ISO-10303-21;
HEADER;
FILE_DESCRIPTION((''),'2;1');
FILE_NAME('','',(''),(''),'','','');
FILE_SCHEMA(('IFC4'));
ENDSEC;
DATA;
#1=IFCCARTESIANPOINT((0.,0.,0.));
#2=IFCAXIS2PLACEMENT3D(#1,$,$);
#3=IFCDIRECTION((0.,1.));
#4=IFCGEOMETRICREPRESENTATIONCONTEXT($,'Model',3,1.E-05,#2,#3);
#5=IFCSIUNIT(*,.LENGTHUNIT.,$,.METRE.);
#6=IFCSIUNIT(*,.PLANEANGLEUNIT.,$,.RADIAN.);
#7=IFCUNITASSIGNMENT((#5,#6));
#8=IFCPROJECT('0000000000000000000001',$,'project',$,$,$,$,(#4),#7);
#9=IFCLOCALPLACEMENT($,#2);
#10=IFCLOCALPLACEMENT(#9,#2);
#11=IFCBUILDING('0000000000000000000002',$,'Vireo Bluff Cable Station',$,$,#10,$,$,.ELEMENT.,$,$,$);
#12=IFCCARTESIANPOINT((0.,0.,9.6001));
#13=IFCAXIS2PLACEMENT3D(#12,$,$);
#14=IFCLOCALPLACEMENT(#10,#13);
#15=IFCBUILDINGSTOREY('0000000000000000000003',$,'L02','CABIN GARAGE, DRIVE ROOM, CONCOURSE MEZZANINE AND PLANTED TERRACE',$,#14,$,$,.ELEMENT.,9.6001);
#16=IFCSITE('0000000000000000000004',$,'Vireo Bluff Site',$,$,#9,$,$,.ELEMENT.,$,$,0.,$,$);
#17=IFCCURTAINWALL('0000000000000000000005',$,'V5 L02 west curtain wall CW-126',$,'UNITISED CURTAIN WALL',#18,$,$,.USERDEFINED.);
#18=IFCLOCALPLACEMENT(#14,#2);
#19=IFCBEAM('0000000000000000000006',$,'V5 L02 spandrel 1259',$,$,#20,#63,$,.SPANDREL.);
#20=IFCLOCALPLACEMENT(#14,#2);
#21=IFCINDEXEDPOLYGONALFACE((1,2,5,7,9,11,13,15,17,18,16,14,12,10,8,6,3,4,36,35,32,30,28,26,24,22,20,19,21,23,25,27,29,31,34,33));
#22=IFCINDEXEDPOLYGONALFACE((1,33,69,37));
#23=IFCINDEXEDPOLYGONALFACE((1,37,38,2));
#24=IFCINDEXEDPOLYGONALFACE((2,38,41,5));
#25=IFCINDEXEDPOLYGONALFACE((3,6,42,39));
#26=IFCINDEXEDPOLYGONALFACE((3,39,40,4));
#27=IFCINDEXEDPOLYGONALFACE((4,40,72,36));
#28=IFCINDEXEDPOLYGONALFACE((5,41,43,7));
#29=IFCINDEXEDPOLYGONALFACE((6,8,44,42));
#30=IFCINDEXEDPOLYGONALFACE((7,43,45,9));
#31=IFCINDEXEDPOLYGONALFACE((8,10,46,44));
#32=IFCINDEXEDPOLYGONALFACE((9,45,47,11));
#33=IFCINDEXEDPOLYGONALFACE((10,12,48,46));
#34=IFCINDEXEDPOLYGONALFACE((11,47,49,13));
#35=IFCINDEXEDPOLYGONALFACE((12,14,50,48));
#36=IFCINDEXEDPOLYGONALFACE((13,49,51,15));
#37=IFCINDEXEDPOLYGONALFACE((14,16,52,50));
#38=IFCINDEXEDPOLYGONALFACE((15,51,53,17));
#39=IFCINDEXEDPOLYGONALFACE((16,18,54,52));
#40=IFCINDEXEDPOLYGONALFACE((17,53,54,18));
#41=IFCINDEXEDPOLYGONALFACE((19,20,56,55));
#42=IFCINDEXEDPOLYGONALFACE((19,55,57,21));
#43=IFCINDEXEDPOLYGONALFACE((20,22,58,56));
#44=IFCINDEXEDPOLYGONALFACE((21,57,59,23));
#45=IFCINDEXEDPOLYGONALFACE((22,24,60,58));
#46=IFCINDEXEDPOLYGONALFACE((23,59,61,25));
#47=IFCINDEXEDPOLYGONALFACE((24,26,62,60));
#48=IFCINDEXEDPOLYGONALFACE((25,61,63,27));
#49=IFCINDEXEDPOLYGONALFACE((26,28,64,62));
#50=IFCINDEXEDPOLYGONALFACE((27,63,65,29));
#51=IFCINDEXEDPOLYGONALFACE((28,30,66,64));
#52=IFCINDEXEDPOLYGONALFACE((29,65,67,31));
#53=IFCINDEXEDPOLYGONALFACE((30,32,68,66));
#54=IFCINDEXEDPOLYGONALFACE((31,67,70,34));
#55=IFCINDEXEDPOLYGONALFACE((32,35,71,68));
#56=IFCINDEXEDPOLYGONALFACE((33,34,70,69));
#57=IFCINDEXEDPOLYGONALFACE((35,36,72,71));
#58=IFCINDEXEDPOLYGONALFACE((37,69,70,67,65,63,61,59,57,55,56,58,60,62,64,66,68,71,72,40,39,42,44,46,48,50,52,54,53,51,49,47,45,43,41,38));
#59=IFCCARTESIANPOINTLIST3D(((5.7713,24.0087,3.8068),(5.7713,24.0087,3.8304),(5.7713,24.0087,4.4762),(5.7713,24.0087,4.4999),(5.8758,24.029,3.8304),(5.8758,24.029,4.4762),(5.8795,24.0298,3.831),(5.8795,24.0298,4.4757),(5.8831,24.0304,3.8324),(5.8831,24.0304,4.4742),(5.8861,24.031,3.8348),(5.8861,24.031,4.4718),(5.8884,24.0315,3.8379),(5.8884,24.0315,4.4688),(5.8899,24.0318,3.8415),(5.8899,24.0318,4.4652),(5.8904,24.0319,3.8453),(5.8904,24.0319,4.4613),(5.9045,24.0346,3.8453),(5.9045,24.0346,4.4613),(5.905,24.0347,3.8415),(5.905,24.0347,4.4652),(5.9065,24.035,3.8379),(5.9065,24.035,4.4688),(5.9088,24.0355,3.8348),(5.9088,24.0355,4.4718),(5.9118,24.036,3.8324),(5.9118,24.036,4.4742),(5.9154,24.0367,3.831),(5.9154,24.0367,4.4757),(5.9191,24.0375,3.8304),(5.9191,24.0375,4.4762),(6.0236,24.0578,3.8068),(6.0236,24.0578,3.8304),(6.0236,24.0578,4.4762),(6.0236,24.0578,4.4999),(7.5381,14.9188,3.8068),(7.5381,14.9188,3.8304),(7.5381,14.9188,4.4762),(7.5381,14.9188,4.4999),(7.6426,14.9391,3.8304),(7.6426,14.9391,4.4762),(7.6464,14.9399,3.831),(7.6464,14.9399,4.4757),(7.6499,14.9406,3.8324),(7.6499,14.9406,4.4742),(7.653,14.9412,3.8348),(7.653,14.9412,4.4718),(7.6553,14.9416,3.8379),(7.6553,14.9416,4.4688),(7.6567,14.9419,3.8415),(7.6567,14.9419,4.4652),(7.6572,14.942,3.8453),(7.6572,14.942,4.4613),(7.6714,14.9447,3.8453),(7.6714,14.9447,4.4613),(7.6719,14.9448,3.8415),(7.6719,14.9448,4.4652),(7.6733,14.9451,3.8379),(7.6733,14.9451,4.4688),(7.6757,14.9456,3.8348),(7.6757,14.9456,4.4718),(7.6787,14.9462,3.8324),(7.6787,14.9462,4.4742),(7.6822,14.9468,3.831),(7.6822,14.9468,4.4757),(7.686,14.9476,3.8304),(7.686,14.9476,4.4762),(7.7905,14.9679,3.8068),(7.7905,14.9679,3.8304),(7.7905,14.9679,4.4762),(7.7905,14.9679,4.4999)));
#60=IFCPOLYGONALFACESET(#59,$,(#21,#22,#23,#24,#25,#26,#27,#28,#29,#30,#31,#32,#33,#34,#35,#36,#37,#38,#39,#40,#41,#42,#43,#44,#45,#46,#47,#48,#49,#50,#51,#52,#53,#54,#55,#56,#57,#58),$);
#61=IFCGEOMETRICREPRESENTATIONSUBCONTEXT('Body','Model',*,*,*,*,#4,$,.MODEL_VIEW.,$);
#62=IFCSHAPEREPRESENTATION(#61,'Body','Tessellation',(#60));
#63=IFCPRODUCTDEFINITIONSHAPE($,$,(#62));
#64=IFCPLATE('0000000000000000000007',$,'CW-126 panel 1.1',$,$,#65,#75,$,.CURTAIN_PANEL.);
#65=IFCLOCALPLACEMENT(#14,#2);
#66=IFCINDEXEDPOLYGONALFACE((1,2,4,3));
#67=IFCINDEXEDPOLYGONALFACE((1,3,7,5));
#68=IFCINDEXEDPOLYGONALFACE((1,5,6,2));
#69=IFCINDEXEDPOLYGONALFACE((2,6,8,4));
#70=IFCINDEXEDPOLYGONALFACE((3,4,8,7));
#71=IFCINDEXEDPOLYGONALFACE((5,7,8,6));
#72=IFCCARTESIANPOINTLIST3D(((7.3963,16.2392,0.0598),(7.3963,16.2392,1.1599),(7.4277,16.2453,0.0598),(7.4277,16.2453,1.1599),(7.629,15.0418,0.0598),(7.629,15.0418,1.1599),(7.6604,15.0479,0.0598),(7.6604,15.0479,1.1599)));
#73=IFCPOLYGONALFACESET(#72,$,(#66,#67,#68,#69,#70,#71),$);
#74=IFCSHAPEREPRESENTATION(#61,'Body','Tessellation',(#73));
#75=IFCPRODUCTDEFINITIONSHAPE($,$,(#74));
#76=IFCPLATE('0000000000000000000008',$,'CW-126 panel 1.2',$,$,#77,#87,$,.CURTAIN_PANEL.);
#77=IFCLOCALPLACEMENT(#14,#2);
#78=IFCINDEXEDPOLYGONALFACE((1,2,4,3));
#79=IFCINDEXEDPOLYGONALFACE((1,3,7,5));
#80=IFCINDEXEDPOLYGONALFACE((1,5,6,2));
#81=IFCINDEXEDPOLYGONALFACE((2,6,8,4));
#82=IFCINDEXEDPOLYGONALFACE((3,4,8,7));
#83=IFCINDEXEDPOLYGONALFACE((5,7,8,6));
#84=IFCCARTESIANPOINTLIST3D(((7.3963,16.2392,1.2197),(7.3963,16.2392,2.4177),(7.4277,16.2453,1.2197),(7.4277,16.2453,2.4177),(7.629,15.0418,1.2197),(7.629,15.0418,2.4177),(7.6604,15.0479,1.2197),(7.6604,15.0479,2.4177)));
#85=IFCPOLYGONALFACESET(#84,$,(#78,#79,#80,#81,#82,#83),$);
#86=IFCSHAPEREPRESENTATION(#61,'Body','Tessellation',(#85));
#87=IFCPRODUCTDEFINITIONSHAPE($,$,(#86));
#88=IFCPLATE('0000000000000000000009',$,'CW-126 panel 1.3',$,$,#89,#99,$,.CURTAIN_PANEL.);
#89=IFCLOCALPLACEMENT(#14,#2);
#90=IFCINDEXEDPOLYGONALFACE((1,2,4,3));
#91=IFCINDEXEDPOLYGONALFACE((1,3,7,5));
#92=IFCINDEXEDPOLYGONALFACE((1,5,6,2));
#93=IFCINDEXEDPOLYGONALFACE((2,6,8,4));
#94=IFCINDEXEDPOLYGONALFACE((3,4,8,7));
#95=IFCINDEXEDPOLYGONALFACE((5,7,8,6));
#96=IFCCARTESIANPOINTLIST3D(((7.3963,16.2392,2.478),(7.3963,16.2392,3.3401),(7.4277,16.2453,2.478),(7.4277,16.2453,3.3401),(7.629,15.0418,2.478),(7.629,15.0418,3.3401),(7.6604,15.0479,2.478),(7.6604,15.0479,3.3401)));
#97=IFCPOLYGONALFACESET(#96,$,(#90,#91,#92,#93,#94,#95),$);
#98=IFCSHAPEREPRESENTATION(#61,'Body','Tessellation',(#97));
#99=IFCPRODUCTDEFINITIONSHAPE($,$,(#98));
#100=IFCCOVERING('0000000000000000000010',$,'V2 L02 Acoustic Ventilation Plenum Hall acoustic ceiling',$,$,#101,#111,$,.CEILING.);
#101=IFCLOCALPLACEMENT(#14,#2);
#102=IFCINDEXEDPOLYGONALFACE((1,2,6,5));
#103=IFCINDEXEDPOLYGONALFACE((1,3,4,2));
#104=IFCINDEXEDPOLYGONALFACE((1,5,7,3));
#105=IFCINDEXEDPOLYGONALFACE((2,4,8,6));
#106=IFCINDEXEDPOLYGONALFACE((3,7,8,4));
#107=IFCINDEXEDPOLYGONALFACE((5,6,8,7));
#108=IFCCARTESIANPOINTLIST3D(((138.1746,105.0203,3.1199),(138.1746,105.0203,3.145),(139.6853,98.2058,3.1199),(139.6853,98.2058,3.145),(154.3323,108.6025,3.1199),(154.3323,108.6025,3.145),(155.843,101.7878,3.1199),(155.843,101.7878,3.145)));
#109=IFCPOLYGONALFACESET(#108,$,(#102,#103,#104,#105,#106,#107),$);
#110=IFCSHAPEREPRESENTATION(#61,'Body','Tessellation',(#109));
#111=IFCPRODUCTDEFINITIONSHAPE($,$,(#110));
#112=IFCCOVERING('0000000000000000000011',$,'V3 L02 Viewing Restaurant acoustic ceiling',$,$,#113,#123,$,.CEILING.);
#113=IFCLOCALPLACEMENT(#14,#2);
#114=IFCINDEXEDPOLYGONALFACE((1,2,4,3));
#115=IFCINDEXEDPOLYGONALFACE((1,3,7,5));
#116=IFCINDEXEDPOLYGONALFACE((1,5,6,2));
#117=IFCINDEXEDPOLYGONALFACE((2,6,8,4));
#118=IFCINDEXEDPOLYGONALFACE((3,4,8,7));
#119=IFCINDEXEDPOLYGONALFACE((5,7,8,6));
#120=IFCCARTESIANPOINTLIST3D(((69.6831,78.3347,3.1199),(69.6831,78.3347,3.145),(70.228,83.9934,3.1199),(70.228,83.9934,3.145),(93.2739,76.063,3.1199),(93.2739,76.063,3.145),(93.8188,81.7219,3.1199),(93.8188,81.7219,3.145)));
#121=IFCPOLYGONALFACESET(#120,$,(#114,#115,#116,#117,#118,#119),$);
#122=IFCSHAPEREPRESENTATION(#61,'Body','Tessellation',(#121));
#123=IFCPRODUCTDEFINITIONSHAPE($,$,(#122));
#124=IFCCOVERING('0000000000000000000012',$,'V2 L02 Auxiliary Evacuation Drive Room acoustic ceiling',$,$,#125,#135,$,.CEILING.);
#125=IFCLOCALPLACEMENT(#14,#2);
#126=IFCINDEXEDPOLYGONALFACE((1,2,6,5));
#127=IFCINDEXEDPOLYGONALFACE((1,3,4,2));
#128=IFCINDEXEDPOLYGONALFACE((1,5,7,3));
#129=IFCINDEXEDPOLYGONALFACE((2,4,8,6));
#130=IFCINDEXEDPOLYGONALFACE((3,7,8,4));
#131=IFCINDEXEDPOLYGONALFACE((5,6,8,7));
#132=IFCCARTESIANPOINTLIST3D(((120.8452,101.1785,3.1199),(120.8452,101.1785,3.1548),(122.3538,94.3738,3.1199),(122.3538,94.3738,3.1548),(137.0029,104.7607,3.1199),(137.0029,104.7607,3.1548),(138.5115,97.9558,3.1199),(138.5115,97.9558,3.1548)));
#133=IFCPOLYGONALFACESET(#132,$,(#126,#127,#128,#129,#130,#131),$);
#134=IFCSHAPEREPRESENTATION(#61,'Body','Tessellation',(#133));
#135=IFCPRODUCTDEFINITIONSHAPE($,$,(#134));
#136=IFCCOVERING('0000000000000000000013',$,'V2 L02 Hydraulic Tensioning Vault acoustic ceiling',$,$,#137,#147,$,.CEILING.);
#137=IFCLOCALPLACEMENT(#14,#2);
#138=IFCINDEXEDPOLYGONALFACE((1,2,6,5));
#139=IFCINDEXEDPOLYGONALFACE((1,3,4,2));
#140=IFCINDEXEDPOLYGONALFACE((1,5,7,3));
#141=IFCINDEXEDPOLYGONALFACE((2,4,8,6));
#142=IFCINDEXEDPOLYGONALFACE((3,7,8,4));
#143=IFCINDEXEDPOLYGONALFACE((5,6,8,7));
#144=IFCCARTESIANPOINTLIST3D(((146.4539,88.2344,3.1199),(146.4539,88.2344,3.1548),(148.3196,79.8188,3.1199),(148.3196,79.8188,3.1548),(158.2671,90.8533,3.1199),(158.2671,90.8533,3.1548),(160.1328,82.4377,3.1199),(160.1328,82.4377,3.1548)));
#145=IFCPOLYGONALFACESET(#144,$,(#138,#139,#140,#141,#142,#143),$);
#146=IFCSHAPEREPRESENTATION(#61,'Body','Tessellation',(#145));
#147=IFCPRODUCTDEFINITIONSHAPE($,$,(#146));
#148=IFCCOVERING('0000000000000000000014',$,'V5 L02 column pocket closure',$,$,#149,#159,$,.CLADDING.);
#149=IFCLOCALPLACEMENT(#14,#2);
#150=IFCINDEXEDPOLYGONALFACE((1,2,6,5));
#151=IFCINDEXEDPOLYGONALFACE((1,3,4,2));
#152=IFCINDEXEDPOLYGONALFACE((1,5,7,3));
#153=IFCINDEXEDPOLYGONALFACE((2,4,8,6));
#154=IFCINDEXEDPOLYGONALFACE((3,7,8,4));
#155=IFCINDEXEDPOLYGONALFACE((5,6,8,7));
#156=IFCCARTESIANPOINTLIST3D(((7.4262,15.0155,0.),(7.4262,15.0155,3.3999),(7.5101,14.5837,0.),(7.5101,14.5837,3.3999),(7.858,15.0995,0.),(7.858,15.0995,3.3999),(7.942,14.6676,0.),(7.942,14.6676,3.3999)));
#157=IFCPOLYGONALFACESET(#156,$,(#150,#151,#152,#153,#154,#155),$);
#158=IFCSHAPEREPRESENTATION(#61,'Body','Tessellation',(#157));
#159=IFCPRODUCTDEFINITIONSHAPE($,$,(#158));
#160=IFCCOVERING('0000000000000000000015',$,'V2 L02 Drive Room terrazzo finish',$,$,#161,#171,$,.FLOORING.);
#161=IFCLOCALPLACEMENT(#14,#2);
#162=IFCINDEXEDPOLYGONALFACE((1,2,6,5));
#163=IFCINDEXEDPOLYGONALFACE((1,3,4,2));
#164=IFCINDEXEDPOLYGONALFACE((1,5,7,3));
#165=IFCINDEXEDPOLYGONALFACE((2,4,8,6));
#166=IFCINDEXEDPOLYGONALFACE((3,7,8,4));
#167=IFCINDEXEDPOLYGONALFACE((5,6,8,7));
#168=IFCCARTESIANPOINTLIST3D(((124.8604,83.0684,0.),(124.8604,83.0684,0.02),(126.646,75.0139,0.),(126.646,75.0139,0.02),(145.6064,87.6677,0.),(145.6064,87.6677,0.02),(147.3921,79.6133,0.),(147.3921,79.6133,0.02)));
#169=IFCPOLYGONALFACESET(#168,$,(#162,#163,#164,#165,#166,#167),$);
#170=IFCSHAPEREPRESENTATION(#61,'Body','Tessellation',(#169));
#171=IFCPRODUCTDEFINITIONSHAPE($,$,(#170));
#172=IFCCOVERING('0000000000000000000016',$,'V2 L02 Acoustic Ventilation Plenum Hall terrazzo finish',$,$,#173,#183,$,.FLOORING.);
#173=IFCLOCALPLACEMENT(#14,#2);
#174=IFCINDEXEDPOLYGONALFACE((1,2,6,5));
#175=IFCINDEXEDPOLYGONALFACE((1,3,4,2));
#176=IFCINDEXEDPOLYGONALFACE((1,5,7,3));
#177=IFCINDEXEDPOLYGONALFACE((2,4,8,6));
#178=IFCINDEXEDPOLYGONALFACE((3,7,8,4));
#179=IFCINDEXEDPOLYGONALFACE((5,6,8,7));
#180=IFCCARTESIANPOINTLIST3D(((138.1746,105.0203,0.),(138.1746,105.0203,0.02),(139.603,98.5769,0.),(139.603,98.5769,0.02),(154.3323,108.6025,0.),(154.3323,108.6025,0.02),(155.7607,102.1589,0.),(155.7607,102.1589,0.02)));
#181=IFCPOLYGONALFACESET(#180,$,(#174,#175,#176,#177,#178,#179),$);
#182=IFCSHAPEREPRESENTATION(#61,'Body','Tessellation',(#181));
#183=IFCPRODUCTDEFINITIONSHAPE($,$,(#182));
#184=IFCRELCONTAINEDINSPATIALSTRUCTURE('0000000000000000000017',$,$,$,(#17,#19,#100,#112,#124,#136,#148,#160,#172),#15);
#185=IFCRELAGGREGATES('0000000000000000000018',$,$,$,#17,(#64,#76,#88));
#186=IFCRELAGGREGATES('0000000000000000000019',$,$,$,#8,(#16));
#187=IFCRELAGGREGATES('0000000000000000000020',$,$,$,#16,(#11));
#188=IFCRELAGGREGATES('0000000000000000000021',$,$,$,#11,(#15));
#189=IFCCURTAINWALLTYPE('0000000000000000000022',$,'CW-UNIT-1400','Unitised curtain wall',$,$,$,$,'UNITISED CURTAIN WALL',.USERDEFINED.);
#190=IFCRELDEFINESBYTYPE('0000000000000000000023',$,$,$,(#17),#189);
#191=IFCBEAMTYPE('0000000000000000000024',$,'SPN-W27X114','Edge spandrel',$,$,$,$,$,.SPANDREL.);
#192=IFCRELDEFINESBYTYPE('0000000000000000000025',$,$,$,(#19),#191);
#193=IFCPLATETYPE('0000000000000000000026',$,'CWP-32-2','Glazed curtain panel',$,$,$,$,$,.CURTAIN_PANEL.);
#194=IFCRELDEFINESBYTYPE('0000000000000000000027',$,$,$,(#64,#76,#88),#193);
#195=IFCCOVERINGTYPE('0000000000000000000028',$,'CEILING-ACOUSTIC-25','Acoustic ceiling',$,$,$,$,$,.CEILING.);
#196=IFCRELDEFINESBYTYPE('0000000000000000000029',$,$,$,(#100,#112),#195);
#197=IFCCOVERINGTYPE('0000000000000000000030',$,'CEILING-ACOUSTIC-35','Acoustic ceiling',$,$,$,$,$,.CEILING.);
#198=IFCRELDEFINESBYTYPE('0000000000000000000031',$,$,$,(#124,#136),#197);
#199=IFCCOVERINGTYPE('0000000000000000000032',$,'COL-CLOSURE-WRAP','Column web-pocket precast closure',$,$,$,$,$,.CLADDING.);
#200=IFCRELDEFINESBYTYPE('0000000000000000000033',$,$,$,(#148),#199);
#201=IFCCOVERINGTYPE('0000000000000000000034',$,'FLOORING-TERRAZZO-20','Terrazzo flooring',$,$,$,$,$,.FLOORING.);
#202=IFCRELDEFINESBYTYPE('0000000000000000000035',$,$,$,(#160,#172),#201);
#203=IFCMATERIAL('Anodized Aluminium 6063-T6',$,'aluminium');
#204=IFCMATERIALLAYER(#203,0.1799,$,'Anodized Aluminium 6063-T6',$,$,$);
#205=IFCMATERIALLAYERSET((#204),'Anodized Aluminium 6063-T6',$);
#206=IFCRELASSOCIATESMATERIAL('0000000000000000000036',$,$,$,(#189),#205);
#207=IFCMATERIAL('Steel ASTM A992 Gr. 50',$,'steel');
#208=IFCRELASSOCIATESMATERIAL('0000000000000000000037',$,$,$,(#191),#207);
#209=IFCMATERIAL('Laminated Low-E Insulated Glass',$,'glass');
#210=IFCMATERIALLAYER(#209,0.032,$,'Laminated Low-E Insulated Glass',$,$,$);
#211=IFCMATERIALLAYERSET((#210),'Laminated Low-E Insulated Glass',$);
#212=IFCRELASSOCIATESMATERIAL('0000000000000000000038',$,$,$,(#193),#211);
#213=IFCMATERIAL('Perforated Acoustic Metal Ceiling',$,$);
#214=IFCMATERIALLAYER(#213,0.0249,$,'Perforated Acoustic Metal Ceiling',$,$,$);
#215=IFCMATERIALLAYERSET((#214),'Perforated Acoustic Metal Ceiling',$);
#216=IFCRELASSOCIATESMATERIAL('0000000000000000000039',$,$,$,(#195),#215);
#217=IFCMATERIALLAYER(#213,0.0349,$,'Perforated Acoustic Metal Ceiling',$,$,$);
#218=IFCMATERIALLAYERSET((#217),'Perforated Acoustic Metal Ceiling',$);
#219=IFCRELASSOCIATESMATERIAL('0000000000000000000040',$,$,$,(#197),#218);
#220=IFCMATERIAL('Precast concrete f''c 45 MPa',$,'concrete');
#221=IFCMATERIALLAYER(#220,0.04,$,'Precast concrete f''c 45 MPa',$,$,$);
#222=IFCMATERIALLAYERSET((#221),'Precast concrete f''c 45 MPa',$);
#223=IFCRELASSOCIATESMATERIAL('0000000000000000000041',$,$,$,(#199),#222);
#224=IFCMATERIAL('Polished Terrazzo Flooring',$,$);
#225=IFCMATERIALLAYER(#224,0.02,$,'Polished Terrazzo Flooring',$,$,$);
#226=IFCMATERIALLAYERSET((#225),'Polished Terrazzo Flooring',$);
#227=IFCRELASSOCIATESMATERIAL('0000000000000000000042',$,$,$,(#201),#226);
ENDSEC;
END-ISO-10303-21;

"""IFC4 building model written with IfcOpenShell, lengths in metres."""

from ifc_helpers import new_model, si_unit, direction, frame, origin, origin_2d, place, context, subcontext, project, spatial, polyline, rectangle, i_section, outline, extrude, material, layer, layer_set, material_profile, profile_set, type_object, element, aggregate, save


model = new_model("IFC4")

# Units and contexts
model_context = context("Model", 3, precision=1e-05, world=origin(), true_north=direction((0.0, 1.0)))
body_context = subcontext(model_context, "Body", "Model", "MODEL_VIEW")
ifc_project = project(units=[si_unit("LENGTHUNIT", "METRE"), si_unit("PLANEANGLEUNIT", "RADIAN")], contexts=[model_context])

# Site, building, storey
site_placement = place(None, origin())
site = spatial("IfcSite", under=ifc_project, at=site_placement, Name="Vireo Bluff Site", CompositionType="ELEMENT", RefElevation=0.0)
building_placement = place(site_placement, origin())
building = spatial("IfcBuilding", under=site, at=building_placement, Name="Vireo Bluff Cable Station", CompositionType="ELEMENT")
storey_placement = place(building_placement, frame((0.0, 0.0, 9.6001)))
storey = spatial("IfcBuildingStorey", under=building, at=storey_placement, Name="L02", Description="CABIN GARAGE, DRIVE ROOM, CONCOURSE MEZZANINE AND PLANTED TERRACE", CompositionType="ELEMENT", Elevation=9.6001)

# Shared definitions
ifc_material_1 = material(Name="Steel ASTM A992 Gr. 50", Category="steel")

# Curtain wall
ifc_material_2 = material(Name="Anodized Aluminium 6063-T6", Category="aluminium")
ifc_layer_1 = layer(ifc_material_2, 0.1799, Name="Anodized Aluminium 6063-T6")
ifc_layer_set_1 = layer_set([ifc_layer_1], Name="Anodized Aluminium 6063-T6")
curtain_wall_type = type_object("IfcCurtainWallType", Name="CW-UNIT-1400", Description="Unitised curtain wall", ElementType="UNITISED CURTAIN WALL", PredefinedType="USERDEFINED", material=ifc_layer_set_1)
curtain_wall_placement = place(storey_placement, origin())
curtain_wall = element("IfcCurtainWall", 1, at=curtain_wall_placement, inside=storey, type_object=curtain_wall_type, Name="V5 L02 west curtain wall CW-126", ObjectType="UNITISED CURTAIN WALL", PredefinedType="USERDEFINED")

# Beam
ifc_material_profile_1 = material_profile(ifc_material_1, i_section(OverallWidth=0.2571, OverallDepth=0.6931, WebThickness=0.0144, FlangeThickness=0.0237, FilletRadius=0.0149, at=origin_2d()), Name="W27X114")
ifc_profile_set_1 = profile_set([ifc_material_profile_1], Name="Steel ASTM A992 Gr. 50")
beam_type_1 = type_object("IfcBeamType", Name="SPN-W27X114", Description="Edge spandrel", PredefinedType="SPANDREL", material=ifc_profile_set_1)
beam_1_placement = place(storey_placement, frame((7.6643, 14.9434, 4.1533), z_axis=(-0.190805, 0.981628, 0.0), x_axis=(-0.981628, -0.190805, 0.0)))
element("IfcBeam", 2, at=beam_1_placement, inside=storey, type_object=beam_type_1, Name="V5 L02 spandrel 1259", PredefinedType="SPANDREL", context=body_context, shape_type="SweptSolid", body=[
    extrude(i_section(OverallWidth=0.2571, OverallDepth=0.6931, WebThickness=0.0144, FlangeThickness=0.0237, FilletRadius=0.0149, at=origin_2d()), origin(), (0.0, 0.0, 1.0), 9.26),
])

# Plates
ifc_material_3 = material(Name="Laminated Low-E Insulated Glass", Category="glass")
ifc_layer_2 = layer(ifc_material_3, 0.032, Name="Laminated Low-E Insulated Glass")
ifc_layer_set_2 = layer_set([ifc_layer_2], Name="Laminated Low-E Insulated Glass")
plate_type = type_object("IfcPlateType", Name="CWP-32-2", Description="Glazed curtain panel", PredefinedType="CURTAIN_PANEL", material=ifc_layer_set_2)
plate_1_placement = place(storey_placement, frame((7.5283, 15.6436, 0.0598), z_axis=(0.0, 0.0, 1.0), x_axis=(-0.190809, 0.981627, 0.0)))
plate_1 = element("IfcPlate", 3, at=plate_1_placement, type_object=plate_type, Name="CW-126 panel 1.1", PredefinedType="CURTAIN_PANEL", context=body_context, shape_type="SweptSolid", body=[
    extrude(rectangle(XDim=1.2197, YDim=0.032, at=origin_2d()), origin(), (0.0, 0.0, 1.0), 1.1001),
])
plate_2_placement = place(storey_placement, frame((7.5283, 15.6436, 1.2197), z_axis=(0.0, 0.0, 1.0), x_axis=(-0.190809, 0.981627, 0.0)))
plate_2 = element("IfcPlate", 4, at=plate_2_placement, type_object=plate_type, Name="CW-126 panel 1.2", PredefinedType="CURTAIN_PANEL", context=body_context, shape_type="SweptSolid", body=[
    extrude(rectangle(XDim=1.2197, YDim=0.032, at=origin_2d()), origin(), (0.0, 0.0, 1.0), 1.198),
])
plate_3_placement = place(storey_placement, frame((7.5283, 15.6436, 2.478), z_axis=(0.0, 0.0, 1.0), x_axis=(-0.190809, 0.981627, 0.0)))
plate_3 = element("IfcPlate", 5, at=plate_3_placement, type_object=plate_type, Name="CW-126 panel 1.3", PredefinedType="CURTAIN_PANEL", context=body_context, shape_type="SweptSolid", body=[
    extrude(rectangle(XDim=1.2197, YDim=0.032, at=origin_2d()), origin(), (0.0, 0.0, 1.0), 0.8621),
])
aggregate(curtain_wall, [plate_1, plate_2, plate_3])

# Coverings
ifc_material_4 = material(Name="Perforated Acoustic Metal Ceiling")
ifc_layer_3 = layer(ifc_material_4, 0.0249, Name="Perforated Acoustic Metal Ceiling")
ifc_layer_set_3 = layer_set([ifc_layer_3], Name="Perforated Acoustic Metal Ceiling")
covering_type_1 = type_object("IfcCoveringType", Name="CEILING-ACOUSTIC-25", Description="Acoustic ceiling", PredefinedType="CEILING", material=ifc_layer_set_3)
covering_1_placement = place(storey_placement, frame((0.0, 0.0, 3.1199)))
element("IfcCovering", 6, at=covering_1_placement, inside=storey, type_object=covering_type_1, Name="V2 L02 Acoustic Ventilation Plenum Hall acoustic ceiling", PredefinedType="CEILING", context=body_context, shape_type="SweptSolid", body=[
    extrude(outline(polyline([(139.6853, 98.2058), (155.843, 101.7878), (154.3323, 108.6025), (138.1746, 105.0203), (139.6853, 98.2058)])), origin(), (0.0, 0.0, 1.0), 0.0251),
])
covering_2_placement = place(storey_placement, frame((0.0, 0.0, 3.1199)))
element("IfcCovering", 7, at=covering_2_placement, inside=storey, type_object=covering_type_1, Name="V3 L02 Viewing Restaurant acoustic ceiling", PredefinedType="CEILING", context=body_context, shape_type="SweptSolid", body=[
    extrude(outline(polyline([(69.6831, 78.3347), (93.2739, 76.063), (93.8188, 81.7219), (70.228, 83.9934), (69.6831, 78.3347)])), origin(), (0.0, 0.0, 1.0), 0.0251),
])
ifc_layer_4 = layer(ifc_material_4, 0.0349, Name="Perforated Acoustic Metal Ceiling")
ifc_layer_set_4 = layer_set([ifc_layer_4], Name="Perforated Acoustic Metal Ceiling")
covering_type_2 = type_object("IfcCoveringType", Name="CEILING-ACOUSTIC-35", Description="Acoustic ceiling", PredefinedType="CEILING", material=ifc_layer_set_4)
covering_3_placement = place(storey_placement, frame((0.0, 0.0, 3.1199)))
element("IfcCovering", 8, at=covering_3_placement, inside=storey, type_object=covering_type_2, Name="V2 L02 Auxiliary Evacuation Drive Room acoustic ceiling", PredefinedType="CEILING", context=body_context, shape_type="SweptSolid", body=[
    extrude(outline(polyline([(122.3538, 94.3738), (138.5115, 97.9558), (137.0029, 104.7607), (120.8452, 101.1785), (122.3538, 94.3738)])), origin(), (0.0, 0.0, 1.0), 0.0349),
])
covering_4_placement = place(storey_placement, frame((0.0, 0.0, 3.1199)))
element("IfcCovering", 9, at=covering_4_placement, inside=storey, type_object=covering_type_2, Name="V2 L02 Hydraulic Tensioning Vault acoustic ceiling", PredefinedType="CEILING", context=body_context, shape_type="SweptSolid", body=[
    extrude(outline(polyline([(148.3196, 79.8188), (160.1328, 82.4377), (158.2671, 90.8533), (146.4539, 88.2344), (148.3196, 79.8188)])), origin(), (0.0, 0.0, 1.0), 0.0349),
])
ifc_material_5 = material(Name="Precast concrete f'c 45 MPa", Category="concrete")
ifc_layer_5 = layer(ifc_material_5, 0.04, Name="Precast concrete f'c 45 MPa")
ifc_layer_set_5 = layer_set([ifc_layer_5], Name="Precast concrete f'c 45 MPa")
covering_type_3 = type_object("IfcCoveringType", Name="COL-CLOSURE-WRAP", Description="Column web-pocket precast closure", PredefinedType="CLADDING", material=ifc_layer_set_5)
covering_5_placement = place(storey_placement, frame((7.6841, 14.8416, 0.0), z_axis=(0.0, 0.0, 1.0), x_axis=(0.981627, 0.190809, 0.0)))
element("IfcCovering", 10, at=covering_5_placement, inside=storey, type_object=covering_type_3, Name="V5 L02 column pocket closure", PredefinedType="CLADDING", context=body_context, shape_type="SweptSolid", body=[
    extrude(rectangle(XDim=0.4399, YDim=0.4399, at=origin_2d()), origin(), (0.0, 0.0, 1.0), 3.3999),
])
ifc_material_6 = material(Name="Polished Terrazzo Flooring")
ifc_layer_6 = layer(ifc_material_6, 0.02, Name="Polished Terrazzo Flooring")
ifc_layer_set_6 = layer_set([ifc_layer_6], Name="Polished Terrazzo Flooring")
covering_type_4 = type_object("IfcCoveringType", Name="FLOORING-TERRAZZO-20", Description="Terrazzo flooring", PredefinedType="FLOORING", material=ifc_layer_set_6)
covering_6_placement = place(storey_placement, origin())
element("IfcCovering", 11, at=covering_6_placement, inside=storey, type_object=covering_type_4, Name="V2 L02 Drive Room terrazzo finish", PredefinedType="FLOORING", context=body_context, shape_type="SweptSolid", body=[
    extrude(outline(polyline([(126.646, 75.0139), (147.3921, 79.6133), (145.6064, 87.6677), (124.8604, 83.0684), (126.646, 75.0139)])), origin(), (0.0, 0.0, 1.0), 0.02),
])
covering_7_placement = place(storey_placement, origin())
element("IfcCovering", 12, at=covering_7_placement, inside=storey, type_object=covering_type_4, Name="V2 L02 Acoustic Ventilation Plenum Hall terrazzo finish", PredefinedType="FLOORING", context=body_context, shape_type="SweptSolid", body=[
    extrude(outline(polyline([(139.603, 98.5769), (155.7607, 102.1589), (154.3323, 108.6025), (138.1746, 105.0203), (139.603, 98.5769)])), origin(), (0.0, 0.0, 1.0), 0.02),
])

save(model, "model.ifc")
